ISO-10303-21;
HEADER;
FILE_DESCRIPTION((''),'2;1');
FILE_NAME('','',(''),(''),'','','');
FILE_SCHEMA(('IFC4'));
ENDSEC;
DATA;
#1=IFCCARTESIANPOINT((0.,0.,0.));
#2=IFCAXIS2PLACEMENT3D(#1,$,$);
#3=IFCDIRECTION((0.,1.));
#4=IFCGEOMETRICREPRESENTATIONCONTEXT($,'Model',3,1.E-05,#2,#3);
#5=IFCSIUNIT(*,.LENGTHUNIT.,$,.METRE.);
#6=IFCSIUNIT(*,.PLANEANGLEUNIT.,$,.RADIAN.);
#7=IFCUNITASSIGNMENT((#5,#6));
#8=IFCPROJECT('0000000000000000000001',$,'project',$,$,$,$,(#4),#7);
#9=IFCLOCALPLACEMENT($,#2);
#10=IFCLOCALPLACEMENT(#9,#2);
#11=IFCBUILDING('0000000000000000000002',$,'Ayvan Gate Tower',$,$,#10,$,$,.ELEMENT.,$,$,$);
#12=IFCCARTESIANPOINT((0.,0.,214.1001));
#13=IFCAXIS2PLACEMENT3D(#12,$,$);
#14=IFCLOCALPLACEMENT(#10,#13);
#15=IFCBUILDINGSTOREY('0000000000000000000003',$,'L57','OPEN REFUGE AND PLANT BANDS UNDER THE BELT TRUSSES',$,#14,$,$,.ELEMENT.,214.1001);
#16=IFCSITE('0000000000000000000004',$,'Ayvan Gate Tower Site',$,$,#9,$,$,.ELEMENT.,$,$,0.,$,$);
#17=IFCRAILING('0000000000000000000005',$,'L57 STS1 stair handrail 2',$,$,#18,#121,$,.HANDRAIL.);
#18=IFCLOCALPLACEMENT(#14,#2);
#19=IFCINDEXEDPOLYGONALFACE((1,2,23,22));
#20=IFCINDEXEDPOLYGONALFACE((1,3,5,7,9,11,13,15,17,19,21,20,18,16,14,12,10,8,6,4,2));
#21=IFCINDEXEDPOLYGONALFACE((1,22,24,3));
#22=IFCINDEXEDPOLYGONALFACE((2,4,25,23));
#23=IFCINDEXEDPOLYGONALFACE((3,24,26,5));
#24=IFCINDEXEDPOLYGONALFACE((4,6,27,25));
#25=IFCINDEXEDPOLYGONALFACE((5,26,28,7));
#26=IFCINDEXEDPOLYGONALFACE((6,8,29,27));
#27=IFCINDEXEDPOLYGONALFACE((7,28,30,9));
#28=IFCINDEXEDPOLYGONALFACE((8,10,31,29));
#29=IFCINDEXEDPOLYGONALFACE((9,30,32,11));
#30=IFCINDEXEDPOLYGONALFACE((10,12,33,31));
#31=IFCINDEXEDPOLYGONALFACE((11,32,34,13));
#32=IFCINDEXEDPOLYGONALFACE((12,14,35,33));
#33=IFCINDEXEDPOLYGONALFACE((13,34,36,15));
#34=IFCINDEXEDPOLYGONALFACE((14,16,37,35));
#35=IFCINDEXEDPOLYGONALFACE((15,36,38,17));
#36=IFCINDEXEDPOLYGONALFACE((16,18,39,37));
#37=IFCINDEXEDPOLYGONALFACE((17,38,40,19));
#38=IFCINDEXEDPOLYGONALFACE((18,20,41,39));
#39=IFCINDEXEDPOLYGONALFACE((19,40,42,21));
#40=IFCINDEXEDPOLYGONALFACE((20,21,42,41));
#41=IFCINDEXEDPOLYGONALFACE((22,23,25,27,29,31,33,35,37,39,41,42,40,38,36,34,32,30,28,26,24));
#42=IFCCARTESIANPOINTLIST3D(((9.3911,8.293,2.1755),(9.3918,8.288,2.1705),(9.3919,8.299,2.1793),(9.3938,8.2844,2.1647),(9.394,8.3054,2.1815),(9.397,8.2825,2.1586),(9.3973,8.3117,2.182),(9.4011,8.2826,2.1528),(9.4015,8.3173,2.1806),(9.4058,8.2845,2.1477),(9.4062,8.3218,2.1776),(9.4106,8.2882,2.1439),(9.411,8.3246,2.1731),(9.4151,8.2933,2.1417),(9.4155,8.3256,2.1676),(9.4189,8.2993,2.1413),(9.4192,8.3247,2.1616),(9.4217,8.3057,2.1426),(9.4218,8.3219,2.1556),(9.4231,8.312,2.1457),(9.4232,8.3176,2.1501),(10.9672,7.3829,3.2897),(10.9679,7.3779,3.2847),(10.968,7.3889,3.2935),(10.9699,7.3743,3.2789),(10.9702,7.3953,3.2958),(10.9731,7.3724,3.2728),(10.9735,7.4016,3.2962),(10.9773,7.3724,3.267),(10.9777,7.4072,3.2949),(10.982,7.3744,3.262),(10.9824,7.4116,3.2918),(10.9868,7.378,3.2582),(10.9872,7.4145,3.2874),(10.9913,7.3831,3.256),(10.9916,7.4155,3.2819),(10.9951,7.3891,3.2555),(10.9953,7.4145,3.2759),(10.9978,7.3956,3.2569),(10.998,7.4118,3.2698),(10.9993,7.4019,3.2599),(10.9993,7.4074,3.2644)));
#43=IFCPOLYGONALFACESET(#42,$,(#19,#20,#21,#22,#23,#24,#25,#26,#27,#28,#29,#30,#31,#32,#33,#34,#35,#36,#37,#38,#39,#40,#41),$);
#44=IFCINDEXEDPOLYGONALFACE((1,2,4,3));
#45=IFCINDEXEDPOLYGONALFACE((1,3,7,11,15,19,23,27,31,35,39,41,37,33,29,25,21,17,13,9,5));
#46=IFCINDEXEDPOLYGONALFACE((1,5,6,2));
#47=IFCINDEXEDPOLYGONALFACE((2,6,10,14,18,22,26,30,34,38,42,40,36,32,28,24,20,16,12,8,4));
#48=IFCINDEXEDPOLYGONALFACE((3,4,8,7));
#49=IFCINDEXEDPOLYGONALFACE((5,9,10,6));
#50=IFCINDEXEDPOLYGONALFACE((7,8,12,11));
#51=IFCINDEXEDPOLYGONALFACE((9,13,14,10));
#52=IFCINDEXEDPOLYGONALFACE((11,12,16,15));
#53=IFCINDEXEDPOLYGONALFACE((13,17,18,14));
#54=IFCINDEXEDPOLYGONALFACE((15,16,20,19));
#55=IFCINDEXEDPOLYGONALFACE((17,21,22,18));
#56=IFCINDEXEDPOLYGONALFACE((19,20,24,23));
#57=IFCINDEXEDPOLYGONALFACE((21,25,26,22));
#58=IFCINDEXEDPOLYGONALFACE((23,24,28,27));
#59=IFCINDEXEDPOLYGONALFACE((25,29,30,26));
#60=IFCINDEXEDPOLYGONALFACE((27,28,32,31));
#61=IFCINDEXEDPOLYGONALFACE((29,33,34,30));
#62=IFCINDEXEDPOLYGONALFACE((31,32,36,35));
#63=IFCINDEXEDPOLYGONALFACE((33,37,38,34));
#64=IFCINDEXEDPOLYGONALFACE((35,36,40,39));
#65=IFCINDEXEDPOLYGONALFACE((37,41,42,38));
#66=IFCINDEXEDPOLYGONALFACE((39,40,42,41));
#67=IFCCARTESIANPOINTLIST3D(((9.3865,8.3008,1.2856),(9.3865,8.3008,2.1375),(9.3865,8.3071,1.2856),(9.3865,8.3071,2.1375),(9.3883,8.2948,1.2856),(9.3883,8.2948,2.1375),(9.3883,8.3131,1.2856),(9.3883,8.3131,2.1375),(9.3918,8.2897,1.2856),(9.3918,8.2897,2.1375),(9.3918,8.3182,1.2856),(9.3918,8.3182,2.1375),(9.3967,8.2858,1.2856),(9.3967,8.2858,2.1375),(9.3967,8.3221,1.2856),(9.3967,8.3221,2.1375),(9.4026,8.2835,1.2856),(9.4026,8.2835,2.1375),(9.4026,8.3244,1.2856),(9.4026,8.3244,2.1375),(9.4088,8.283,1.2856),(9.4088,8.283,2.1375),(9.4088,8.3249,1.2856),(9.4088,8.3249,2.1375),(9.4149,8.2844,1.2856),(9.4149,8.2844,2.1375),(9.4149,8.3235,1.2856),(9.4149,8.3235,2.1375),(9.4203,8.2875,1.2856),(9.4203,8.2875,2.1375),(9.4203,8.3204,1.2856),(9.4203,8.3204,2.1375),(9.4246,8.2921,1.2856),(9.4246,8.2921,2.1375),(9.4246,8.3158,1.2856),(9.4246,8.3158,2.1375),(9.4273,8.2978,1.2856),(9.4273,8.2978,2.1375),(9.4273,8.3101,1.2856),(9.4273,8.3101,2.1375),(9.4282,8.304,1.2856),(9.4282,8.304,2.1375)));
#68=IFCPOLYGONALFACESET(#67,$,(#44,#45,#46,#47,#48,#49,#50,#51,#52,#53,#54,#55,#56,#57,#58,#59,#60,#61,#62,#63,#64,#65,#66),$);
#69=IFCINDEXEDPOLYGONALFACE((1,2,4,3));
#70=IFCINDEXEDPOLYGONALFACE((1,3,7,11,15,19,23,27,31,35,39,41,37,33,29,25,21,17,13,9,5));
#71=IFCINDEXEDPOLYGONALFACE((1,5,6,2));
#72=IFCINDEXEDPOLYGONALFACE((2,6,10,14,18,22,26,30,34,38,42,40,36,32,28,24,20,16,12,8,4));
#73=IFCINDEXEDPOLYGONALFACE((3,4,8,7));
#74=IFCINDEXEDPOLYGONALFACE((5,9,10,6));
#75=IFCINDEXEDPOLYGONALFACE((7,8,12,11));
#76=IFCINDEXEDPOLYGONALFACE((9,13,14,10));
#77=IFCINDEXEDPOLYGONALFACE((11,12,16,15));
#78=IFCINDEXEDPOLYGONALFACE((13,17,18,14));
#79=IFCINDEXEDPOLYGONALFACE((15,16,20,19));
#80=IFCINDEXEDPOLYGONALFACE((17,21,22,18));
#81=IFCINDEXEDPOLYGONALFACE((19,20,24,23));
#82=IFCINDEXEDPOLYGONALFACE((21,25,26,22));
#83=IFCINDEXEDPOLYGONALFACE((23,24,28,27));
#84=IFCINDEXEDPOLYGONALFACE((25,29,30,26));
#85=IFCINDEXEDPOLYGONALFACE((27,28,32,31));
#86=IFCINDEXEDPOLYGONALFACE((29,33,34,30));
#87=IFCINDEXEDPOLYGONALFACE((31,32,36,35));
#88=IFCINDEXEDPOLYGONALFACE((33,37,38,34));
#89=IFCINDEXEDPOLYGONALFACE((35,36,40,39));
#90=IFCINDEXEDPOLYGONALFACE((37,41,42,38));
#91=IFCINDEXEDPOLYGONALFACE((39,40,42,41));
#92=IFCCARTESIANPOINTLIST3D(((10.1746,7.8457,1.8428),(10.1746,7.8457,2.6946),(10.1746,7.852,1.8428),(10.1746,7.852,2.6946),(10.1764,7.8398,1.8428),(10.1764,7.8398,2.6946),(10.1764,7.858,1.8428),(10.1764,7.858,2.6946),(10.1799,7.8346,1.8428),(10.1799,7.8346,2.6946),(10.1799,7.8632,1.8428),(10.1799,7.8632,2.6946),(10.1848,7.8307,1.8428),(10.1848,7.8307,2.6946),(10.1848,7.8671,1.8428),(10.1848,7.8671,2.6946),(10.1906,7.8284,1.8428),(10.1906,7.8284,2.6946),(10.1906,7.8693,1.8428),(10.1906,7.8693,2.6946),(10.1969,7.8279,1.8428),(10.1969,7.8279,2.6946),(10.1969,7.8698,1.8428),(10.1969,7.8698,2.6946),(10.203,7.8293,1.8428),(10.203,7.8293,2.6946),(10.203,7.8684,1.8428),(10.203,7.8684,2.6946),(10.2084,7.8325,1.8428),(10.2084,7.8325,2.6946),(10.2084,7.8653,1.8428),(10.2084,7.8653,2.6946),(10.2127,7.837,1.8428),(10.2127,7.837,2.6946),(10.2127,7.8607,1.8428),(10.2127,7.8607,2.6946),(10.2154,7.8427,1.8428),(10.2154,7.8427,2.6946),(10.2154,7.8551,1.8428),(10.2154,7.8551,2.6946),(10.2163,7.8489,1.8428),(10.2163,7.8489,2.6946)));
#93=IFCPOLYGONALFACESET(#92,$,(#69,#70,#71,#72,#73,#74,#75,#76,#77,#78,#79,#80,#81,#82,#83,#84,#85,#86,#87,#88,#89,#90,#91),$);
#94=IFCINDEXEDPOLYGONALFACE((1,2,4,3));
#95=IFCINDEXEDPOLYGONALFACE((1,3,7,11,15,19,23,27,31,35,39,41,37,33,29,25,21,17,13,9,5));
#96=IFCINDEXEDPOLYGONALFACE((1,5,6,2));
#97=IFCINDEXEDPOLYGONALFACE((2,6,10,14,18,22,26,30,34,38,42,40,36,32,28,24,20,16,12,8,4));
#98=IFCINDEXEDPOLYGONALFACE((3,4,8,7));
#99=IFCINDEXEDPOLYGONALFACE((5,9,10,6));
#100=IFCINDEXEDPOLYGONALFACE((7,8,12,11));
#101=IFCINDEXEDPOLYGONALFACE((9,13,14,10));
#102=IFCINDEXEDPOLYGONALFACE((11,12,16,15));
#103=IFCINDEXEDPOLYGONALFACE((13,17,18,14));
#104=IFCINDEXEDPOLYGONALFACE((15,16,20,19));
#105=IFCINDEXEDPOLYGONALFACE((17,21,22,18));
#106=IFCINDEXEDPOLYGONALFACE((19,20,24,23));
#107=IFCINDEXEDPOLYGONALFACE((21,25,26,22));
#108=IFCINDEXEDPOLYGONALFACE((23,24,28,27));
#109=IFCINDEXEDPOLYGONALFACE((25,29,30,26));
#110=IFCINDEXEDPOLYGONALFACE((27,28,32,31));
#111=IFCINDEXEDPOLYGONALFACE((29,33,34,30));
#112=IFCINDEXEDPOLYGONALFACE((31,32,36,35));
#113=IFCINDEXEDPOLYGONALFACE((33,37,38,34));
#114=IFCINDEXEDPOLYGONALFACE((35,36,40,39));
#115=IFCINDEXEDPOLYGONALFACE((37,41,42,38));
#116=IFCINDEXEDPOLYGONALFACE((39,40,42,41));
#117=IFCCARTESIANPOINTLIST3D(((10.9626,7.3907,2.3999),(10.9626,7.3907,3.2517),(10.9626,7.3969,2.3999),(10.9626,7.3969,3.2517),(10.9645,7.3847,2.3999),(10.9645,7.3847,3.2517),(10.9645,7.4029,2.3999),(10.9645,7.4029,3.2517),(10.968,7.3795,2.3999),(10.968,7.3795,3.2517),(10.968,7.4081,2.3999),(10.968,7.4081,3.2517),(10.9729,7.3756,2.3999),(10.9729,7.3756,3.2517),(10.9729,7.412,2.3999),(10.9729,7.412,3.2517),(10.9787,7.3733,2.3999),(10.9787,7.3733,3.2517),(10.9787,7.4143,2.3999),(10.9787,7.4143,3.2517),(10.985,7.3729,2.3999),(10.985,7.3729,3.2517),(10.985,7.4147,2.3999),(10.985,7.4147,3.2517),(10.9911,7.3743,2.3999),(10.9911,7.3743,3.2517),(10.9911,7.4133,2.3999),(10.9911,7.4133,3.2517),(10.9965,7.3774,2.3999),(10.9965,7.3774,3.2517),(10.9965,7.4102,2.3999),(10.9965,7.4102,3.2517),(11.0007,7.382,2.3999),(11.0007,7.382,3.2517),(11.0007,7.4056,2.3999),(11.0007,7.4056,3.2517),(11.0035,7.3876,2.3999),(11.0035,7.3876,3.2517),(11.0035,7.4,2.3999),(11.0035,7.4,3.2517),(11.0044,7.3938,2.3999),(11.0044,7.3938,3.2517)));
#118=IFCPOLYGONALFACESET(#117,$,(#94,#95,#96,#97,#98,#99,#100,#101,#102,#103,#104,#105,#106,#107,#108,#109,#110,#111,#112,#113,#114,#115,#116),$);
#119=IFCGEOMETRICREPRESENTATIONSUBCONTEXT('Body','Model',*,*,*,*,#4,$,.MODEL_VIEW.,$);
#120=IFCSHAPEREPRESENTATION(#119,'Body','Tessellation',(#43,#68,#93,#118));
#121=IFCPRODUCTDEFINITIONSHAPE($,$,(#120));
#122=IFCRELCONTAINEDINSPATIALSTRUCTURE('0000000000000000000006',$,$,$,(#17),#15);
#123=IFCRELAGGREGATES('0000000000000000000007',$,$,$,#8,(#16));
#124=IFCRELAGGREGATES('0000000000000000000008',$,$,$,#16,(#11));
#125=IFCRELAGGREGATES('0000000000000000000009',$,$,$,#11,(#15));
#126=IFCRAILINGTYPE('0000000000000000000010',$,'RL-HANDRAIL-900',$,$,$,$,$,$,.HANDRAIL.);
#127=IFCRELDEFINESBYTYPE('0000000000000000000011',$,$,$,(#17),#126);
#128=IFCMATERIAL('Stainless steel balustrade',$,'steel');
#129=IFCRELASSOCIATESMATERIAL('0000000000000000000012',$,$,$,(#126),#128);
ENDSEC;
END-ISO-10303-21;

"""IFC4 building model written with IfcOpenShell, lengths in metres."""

from ifc_helpers import new_model, si_unit, direction, frame, origin, origin_2d, place, context, subcontext, project, spatial, circle, extrude, material, type_object, element, save


model = new_model("IFC4")

# Units and contexts
model_context = context("Model", 3, precision=1e-05, world=origin(), true_north=direction((0.0, 1.0)))
body_context = subcontext(model_context, "Body", "Model", "MODEL_VIEW")
ifc_project = project(units=[si_unit("LENGTHUNIT", "METRE"), si_unit("PLANEANGLEUNIT", "RADIAN")], contexts=[model_context])

# Site, building, storey
site_placement = place(None, origin())
site = spatial("IfcSite", under=ifc_project, at=site_placement, Name="Ayvan Gate Tower Site", CompositionType="ELEMENT", RefElevation=0.0)
building_placement = place(site_placement, origin())
building = spatial("IfcBuilding", under=site, at=building_placement, Name="Ayvan Gate Tower", CompositionType="ELEMENT")
storey_placement = place(building_placement, frame((0.0, 0.0, 214.1001)))
storey = spatial("IfcBuildingStorey", under=building, at=storey_placement, Name="L57", Description="OPEN REFUGE AND PLANT BANDS UNDER THE BELT TRUSSES", CompositionType="ELEMENT", Elevation=214.1001)

# Railing
ifc_material_1 = material(Name="Stainless steel balustrade", Category="steel")
railing_type_1 = type_object("IfcRailingType", Name="RL-HANDRAIL-900", PredefinedType="HANDRAIL", material=ifc_material_1)
railing_1_placement = place(storey_placement, frame((9.4072, 8.304, 1.2856)))
element("IfcRailing", 1, at=railing_1_placement, inside=storey, type_object=railing_type_1, Name="L57 STS1 stair handrail 2", PredefinedType="HANDRAIL", context=body_context, shape_type="SweptSolid", body=[
    extrude(circle(Radius=0.0239, at=origin_2d()), frame((0.0, 0.0, 0.876), z_axis=(0.738574, -0.426488, 0.522127), x_axis=(0.500063, 0.865989, 0.0)), (0.0, 0.0, 1.0), 2.134),
    extrude(circle(Radius=0.021, at=origin_2d()), origin(), (0.0, 0.0, 1.0), 0.8518),
    extrude(circle(Radius=0.021, at=origin_2d()), frame((0.7881, -0.4551, 0.5571)), (0.0, 0.0, 1.0), 0.8518),
    extrude(circle(Radius=0.021, at=origin_2d()), frame((1.5762, -0.9102, 1.1143)), (0.0, 0.0, 1.0), 0.8518),
])

save(model, "model.ifc")
